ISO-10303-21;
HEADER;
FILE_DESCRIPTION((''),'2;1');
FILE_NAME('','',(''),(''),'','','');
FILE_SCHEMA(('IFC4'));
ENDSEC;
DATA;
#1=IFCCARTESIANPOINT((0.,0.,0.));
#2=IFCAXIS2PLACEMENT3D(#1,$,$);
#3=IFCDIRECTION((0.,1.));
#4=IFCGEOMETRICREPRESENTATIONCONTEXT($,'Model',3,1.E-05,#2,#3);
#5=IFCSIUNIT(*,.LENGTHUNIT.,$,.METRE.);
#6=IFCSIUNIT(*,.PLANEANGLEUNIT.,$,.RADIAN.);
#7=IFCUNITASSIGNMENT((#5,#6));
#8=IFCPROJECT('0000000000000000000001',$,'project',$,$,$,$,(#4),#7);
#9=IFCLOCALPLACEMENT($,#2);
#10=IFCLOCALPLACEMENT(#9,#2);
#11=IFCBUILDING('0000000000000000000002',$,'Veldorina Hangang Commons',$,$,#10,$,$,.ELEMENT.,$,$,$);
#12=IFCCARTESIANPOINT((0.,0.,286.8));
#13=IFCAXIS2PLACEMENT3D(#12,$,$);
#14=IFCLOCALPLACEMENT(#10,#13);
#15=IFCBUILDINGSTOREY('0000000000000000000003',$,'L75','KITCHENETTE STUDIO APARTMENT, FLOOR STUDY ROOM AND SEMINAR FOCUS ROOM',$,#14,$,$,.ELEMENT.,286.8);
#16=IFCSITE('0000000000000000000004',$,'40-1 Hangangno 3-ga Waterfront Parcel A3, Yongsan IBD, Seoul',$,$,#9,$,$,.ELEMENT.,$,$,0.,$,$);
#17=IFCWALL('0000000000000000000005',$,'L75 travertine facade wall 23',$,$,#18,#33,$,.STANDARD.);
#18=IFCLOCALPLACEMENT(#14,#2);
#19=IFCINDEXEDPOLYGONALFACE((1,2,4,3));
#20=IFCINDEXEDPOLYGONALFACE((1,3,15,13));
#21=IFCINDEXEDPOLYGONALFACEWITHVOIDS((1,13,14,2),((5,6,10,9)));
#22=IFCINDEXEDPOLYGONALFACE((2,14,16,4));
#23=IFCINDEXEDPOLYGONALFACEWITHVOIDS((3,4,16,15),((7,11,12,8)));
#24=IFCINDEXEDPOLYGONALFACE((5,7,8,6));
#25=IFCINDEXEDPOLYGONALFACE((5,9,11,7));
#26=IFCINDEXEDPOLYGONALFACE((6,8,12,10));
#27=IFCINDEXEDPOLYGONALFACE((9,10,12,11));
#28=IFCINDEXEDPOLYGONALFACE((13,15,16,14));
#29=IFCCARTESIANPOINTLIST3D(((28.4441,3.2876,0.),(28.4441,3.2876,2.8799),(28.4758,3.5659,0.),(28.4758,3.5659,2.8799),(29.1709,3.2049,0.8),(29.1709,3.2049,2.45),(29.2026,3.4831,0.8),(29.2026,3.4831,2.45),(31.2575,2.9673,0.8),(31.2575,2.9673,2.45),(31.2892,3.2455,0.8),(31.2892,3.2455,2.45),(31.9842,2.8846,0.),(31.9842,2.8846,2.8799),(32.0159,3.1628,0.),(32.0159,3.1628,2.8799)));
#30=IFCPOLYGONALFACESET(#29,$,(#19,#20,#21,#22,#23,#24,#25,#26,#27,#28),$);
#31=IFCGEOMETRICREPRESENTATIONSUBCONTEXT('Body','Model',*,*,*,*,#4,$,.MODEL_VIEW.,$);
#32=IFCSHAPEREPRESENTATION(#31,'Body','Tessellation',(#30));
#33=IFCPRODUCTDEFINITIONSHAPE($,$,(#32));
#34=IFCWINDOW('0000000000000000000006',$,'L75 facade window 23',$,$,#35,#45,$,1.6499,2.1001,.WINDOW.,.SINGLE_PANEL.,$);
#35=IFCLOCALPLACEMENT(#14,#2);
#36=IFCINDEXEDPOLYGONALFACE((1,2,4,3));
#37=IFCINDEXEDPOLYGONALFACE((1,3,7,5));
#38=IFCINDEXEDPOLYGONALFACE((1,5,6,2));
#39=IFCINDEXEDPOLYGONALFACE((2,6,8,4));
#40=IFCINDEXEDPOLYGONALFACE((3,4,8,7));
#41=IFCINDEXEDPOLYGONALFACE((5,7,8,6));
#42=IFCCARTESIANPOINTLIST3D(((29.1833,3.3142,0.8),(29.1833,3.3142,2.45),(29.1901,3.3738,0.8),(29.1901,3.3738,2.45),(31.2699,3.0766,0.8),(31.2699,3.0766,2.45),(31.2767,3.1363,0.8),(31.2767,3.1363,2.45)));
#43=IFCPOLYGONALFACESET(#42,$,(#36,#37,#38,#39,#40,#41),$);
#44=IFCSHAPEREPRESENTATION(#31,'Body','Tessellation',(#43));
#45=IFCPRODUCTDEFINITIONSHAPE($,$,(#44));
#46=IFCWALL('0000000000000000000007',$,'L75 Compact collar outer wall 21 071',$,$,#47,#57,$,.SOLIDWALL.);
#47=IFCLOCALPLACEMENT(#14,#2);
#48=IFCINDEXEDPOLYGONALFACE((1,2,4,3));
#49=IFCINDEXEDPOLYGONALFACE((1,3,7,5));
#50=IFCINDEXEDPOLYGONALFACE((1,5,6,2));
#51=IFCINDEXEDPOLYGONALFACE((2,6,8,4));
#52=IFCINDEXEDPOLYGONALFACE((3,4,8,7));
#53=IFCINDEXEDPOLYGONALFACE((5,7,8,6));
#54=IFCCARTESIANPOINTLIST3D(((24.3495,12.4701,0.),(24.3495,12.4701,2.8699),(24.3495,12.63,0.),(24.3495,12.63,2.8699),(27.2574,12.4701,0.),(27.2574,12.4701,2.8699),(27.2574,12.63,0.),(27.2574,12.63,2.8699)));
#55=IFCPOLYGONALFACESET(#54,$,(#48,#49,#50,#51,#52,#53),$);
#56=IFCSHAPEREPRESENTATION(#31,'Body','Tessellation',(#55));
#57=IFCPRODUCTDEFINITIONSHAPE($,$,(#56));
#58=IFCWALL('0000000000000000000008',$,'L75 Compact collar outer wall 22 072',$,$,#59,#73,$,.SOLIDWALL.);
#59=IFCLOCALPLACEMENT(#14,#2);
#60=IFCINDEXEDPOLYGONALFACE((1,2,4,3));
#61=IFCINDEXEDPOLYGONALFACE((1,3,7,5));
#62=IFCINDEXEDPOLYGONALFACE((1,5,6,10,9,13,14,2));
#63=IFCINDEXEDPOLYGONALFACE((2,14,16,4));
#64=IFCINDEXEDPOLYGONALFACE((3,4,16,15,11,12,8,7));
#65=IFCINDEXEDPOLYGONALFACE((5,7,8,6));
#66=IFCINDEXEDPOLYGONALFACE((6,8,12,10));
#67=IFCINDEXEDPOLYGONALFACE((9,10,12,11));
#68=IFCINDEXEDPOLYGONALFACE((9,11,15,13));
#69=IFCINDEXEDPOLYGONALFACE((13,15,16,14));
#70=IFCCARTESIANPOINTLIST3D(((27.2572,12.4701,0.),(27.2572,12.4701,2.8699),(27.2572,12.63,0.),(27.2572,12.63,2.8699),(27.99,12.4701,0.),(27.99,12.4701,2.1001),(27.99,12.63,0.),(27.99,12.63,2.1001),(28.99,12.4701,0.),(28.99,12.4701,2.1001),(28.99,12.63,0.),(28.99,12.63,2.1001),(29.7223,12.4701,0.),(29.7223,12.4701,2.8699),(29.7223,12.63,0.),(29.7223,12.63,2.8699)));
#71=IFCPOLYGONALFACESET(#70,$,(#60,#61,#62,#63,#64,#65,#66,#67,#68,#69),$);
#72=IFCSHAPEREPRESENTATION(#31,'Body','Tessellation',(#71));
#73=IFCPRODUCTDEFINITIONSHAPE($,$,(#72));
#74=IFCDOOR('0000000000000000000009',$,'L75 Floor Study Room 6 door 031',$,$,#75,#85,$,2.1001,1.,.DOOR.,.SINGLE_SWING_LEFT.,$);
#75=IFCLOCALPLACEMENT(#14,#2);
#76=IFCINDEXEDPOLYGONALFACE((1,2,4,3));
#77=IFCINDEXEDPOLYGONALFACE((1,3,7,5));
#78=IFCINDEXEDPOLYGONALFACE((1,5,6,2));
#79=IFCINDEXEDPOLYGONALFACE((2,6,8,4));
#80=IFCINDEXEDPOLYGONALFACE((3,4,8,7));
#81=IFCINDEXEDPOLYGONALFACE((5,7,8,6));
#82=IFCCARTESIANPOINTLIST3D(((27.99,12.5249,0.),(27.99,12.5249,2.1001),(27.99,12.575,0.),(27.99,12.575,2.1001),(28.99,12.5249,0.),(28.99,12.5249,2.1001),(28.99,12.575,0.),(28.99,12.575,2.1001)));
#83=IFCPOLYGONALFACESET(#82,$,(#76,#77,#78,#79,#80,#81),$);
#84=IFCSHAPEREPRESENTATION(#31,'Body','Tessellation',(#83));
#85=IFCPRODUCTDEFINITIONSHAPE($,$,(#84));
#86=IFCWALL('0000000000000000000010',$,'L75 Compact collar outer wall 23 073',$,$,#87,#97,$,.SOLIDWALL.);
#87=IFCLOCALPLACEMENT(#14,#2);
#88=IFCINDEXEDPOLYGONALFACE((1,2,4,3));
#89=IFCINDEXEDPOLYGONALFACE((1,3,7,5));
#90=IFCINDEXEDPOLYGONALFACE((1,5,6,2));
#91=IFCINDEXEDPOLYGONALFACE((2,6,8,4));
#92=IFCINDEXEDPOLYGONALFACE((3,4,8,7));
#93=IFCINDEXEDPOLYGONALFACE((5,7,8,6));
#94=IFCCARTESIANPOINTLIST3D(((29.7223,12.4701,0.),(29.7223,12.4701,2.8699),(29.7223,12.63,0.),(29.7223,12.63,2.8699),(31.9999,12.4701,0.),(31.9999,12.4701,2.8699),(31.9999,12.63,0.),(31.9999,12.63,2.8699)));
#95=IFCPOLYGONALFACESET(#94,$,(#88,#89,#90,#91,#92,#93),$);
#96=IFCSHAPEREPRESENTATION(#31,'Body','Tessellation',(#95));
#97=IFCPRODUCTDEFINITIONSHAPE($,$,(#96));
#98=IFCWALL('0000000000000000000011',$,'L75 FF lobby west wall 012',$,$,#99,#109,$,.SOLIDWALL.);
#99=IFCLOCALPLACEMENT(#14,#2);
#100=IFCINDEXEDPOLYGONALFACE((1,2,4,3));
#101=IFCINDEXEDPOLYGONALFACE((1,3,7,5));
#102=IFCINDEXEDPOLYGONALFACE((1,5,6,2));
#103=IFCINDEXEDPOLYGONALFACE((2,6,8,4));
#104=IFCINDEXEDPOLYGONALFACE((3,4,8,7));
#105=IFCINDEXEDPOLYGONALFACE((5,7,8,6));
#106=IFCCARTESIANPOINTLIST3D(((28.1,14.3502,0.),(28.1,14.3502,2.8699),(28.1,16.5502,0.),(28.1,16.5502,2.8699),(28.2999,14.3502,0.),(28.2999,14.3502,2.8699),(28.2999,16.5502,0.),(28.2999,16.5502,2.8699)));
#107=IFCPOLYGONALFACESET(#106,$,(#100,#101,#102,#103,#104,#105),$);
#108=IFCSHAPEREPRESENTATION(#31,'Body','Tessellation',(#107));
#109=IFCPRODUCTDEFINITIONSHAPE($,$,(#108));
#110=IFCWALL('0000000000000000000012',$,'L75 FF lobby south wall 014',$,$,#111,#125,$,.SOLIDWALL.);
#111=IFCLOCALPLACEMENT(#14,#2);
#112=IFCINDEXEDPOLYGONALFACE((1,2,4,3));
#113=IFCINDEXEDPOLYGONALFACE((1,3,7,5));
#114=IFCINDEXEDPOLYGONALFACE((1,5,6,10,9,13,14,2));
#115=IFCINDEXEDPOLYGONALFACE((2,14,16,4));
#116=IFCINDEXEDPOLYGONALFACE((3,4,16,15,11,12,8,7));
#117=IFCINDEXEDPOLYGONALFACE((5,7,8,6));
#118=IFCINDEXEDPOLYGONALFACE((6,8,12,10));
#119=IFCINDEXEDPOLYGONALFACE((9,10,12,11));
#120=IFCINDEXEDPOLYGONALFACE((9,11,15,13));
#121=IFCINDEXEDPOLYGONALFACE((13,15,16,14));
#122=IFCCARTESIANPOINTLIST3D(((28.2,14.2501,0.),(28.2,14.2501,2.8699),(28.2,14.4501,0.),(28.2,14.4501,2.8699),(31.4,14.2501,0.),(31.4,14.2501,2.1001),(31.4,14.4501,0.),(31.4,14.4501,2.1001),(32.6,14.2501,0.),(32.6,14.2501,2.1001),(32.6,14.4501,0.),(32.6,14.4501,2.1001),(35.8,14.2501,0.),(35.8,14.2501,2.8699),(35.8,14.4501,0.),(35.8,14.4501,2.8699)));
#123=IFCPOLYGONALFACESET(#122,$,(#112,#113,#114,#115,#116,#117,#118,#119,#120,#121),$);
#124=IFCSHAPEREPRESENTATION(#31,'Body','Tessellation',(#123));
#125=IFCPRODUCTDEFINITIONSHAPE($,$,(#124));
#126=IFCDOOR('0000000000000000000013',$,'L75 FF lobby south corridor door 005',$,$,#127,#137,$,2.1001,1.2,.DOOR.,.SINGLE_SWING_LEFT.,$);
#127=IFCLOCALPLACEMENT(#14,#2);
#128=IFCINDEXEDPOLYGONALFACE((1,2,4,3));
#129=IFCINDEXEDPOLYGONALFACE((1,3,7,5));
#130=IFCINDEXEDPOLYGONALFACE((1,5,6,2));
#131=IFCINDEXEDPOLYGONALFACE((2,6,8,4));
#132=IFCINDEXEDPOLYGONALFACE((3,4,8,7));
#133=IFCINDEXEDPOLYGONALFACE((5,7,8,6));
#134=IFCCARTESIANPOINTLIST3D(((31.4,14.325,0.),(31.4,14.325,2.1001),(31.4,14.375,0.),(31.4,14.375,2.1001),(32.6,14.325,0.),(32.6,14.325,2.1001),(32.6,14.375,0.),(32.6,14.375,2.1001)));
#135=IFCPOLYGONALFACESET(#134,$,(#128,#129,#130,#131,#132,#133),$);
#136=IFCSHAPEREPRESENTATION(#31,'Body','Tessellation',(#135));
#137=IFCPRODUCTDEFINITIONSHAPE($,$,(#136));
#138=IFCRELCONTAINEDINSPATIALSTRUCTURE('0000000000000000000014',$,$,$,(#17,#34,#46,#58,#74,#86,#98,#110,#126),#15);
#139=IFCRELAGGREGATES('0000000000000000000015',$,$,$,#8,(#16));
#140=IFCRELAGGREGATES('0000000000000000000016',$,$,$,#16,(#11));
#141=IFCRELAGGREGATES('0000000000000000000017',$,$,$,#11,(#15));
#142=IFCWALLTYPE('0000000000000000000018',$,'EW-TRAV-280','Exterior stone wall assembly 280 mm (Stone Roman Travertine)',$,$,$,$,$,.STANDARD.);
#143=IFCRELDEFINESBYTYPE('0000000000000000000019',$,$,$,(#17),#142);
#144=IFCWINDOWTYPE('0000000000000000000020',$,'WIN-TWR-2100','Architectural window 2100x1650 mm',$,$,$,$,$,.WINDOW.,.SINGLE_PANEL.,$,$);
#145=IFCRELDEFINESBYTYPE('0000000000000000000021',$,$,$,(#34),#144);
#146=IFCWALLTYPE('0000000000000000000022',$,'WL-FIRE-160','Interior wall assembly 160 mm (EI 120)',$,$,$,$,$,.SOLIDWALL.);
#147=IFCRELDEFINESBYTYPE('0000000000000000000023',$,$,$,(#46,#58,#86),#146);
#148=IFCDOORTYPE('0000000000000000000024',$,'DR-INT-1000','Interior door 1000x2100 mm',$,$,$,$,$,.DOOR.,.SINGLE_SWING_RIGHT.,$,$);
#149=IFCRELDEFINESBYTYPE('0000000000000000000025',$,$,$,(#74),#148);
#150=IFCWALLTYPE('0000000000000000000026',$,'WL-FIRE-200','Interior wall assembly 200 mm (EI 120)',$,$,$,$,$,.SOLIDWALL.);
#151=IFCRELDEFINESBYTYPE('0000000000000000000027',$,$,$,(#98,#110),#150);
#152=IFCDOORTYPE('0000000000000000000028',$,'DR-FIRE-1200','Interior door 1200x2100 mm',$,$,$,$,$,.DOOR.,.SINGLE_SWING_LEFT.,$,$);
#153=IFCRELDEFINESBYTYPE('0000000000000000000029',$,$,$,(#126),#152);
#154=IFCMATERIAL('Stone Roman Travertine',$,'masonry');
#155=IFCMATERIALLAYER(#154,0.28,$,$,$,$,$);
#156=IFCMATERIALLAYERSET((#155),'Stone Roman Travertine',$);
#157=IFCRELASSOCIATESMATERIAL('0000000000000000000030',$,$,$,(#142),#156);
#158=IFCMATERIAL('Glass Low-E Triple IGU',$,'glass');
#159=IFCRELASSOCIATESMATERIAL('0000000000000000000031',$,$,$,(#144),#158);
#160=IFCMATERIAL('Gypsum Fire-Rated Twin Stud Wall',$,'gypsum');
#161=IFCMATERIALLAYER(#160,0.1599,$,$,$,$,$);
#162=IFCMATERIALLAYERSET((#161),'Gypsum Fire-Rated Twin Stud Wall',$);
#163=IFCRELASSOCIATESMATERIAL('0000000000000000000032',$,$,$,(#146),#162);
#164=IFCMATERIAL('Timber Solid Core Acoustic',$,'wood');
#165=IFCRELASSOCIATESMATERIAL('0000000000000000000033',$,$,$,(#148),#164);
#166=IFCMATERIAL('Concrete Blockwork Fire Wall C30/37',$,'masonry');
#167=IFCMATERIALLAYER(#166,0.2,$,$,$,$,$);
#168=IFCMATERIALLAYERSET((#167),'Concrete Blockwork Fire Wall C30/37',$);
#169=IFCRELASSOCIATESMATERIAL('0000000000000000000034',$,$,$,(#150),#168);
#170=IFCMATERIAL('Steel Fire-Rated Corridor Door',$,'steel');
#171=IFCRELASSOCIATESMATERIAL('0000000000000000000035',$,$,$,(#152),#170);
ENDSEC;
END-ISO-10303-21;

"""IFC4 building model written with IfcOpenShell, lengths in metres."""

from ifc_helpers import new_model, si_unit, direction, frame, frame_2d, origin, place, context, subcontext, project, spatial, rectangle, extrude, material, layer, layer_set, type_object, element, fill, save


model = new_model("IFC4")

# Units and contexts
model_context = context("Model", 3, precision=1e-05, world=origin(), true_north=direction((0.0, 1.0)))
body_context = subcontext(model_context, "Body", "Model", "MODEL_VIEW")
ifc_project = project(units=[si_unit("LENGTHUNIT", "METRE"), si_unit("PLANEANGLEUNIT", "RADIAN")], contexts=[model_context])

# Site, building, storey
site_placement = place(None, origin())
site = spatial("IfcSite", under=ifc_project, at=site_placement, Name="40-1 Hangangno 3-ga Waterfront Parcel A3, Yongsan IBD, Seoul", CompositionType="ELEMENT", RefElevation=0.0)
building_placement = place(site_placement, origin())
building = spatial("IfcBuilding", under=site, at=building_placement, Name="Veldorina Hangang Commons", CompositionType="ELEMENT")
storey_placement = place(building_placement, frame((0.0, 0.0, 286.8)))
storey = spatial("IfcBuildingStorey", under=building, at=storey_placement, Name="L75", Description="KITCHENETTE STUDIO APARTMENT, FLOOR STUDY ROOM AND SEMINAR FOCUS ROOM", CompositionType="ELEMENT", Elevation=286.8)

# Shared definitions
ifc_material_1 = material(Name="Stone Roman Travertine", Category="masonry")
ifc_layer_1 = layer(ifc_material_1, 0.28)
ifc_layer_set_1 = layer_set([ifc_layer_1], Name="Stone Roman Travertine")
wall_type_1 = type_object("IfcWallType", Name="EW-TRAV-280", Description="Exterior stone wall assembly 280 mm (Stone Roman Travertine)", PredefinedType="STANDARD", material=ifc_layer_set_1)

# Wall, opening, window
wall_1_placement = place(storey_placement, frame((28.46, 3.4268, 0.0), z_axis=(0.0, 0.0, 1.0), x_axis=(0.99358, -0.113131, 0.0)))
wall_1 = element("IfcWall", 1, at=wall_1_placement, inside=storey, type_object=wall_type_1, Name="L75 travertine facade wall 23", PredefinedType="STANDARD", context=body_context, shape_type="SweptSolid", body=[
    extrude(rectangle(XDim=3.563, YDim=0.28, at=frame_2d((1.7815, 0.0))), origin(), (0.0, 0.0, 1.0), 2.8799),
])
opening_1_placement = place(wall_1_placement, frame((0.7314, 0.0, 0.8)))
opening_1 = element("IfcOpeningElement", 2, at=opening_1_placement, cuts=wall_1, PredefinedType="OPENING", context=body_context, shape_type="SweptSolid", body=[
    extrude(rectangle(XDim=2.1001, YDim=1.6499, at=frame_2d((1.05, 0.825))), frame((0.0, 0.1499, 0.0), z_axis=(0.0, -1.0, 0.0), x_axis=(1.0, 0.0, 0.0)), (0.0, 0.0, 1.0), 0.3),
])
ifc_material_2 = material(Name="Glass Low-E Triple IGU", Category="glass")
window_type = type_object("IfcWindowType", Name="WIN-TWR-2100", Description="Architectural window 2100x1650 mm", PartitioningType="SINGLE_PANEL", PredefinedType="WINDOW", material=ifc_material_2)
window_placement = place(opening_1_placement, origin())
window = element("IfcWindow", 3, at=window_placement, inside=storey, type_object=window_type, Name="L75 facade window 23", OverallHeight=1.6499, OverallWidth=2.1001, PartitioningType="SINGLE_PANEL", PredefinedType="WINDOW", context=body_context, shape_type="SweptSolid", body=[
    extrude(rectangle(XDim=2.1001, YDim=1.6499, at=frame_2d((1.05, 0.825))), frame((0.0, 0.03, 0.0), z_axis=(0.0, -1.0, 0.0), x_axis=(1.0, 0.0, 0.0)), (0.0, 0.0, 1.0), 0.0601),
])
fill(opening_1, window)

# Wall
ifc_material_3 = material(Name="Gypsum Fire-Rated Twin Stud Wall", Category="gypsum")
ifc_layer_2 = layer(ifc_material_3, 0.1599)
ifc_layer_set_2 = layer_set([ifc_layer_2], Name="Gypsum Fire-Rated Twin Stud Wall")
wall_type_2 = type_object("IfcWallType", Name="WL-FIRE-160", Description="Interior wall assembly 160 mm (EI 120)", PredefinedType="SOLIDWALL", material=ifc_layer_set_2)
wall_2_placement = place(storey_placement, frame((24.3494, 12.55, 0.0), z_axis=(0.0, 0.0, 1.0), x_axis=(1.0, 0.0, 0.0)))
element("IfcWall", 4, at=wall_2_placement, inside=storey, type_object=wall_type_2, Name="L75 Compact collar outer wall 21 071", PredefinedType="SOLIDWALL", context=body_context, shape_type="SweptSolid", body=[
    extrude(rectangle(XDim=2.908, YDim=0.1599, at=frame_2d((1.4541, 0.0))), origin(), (0.0, 0.0, 1.0), 2.8699),
])

# Wall, opening, door
wall_3_placement = place(storey_placement, frame((27.2573, 12.55, 0.0), z_axis=(0.0, 0.0, 1.0), x_axis=(1.0, 0.0, 0.0)))
wall_3 = element("IfcWall", 5, at=wall_3_placement, inside=storey, type_object=wall_type_2, Name="L75 Compact collar outer wall 22 072", PredefinedType="SOLIDWALL", context=body_context, shape_type="SweptSolid", body=[
    extrude(rectangle(XDim=2.4651, YDim=0.1599, at=frame_2d((1.2324, 0.0))), origin(), (0.0, 0.0, 1.0), 2.8699),
])
opening_2_placement = place(wall_3_placement, frame((0.7327, 0.0, 0.0)))
opening_2 = element("IfcOpeningElement", 6, at=opening_2_placement, cuts=wall_3, PredefinedType="OPENING", context=body_context, shape_type="SweptSolid", body=[
    extrude(rectangle(XDim=1.0, YDim=2.1001, at=frame_2d((0.5, 1.05))), frame((0.0, 0.0898, 0.0), z_axis=(0.0, -1.0, 0.0), x_axis=(1.0, 0.0, 0.0)), (0.0, 0.0, 1.0), 0.1799),
])
ifc_material_4 = material(Name="Timber Solid Core Acoustic", Category="wood")
door_type_1 = type_object("IfcDoorType", Name="DR-INT-1000", Description="Interior door 1000x2100 mm", OperationType="SINGLE_SWING_RIGHT", PredefinedType="DOOR", material=ifc_material_4)
door_1_placement = place(opening_2_placement, origin())
door_1 = element("IfcDoor", 7, at=door_1_placement, inside=storey, type_object=door_type_1, Name="L75 Floor Study Room 6 door 031", OperationType="SINGLE_SWING_LEFT", OverallHeight=2.1001, OverallWidth=1.0, PredefinedType="DOOR", context=body_context, shape_type="SweptSolid", body=[
    extrude(rectangle(XDim=1.0, YDim=2.1001, at=frame_2d((0.5, 1.05))), frame((0.0, 0.0249, 0.0), z_axis=(0.0, -1.0, 0.0), x_axis=(1.0, 0.0, 0.0)), (0.0, 0.0, 1.0), 0.05),
])
fill(opening_2, door_1)

# Walls
wall_4_placement = place(storey_placement, frame((29.7224, 12.55, 0.0), z_axis=(0.0, 0.0, 1.0), x_axis=(1.0, 0.0, 0.0)))
element("IfcWall", 8, at=wall_4_placement, inside=storey, type_object=wall_type_2, Name="L75 Compact collar outer wall 23 073", PredefinedType="SOLIDWALL", context=body_context, shape_type="SweptSolid", body=[
    extrude(rectangle(XDim=2.2776, YDim=0.1599, at=frame_2d((1.1387, 0.0))), origin(), (0.0, 0.0, 1.0), 2.8699),
])
ifc_material_5 = material(Name="Concrete Blockwork Fire Wall C30/37", Category="masonry")
ifc_layer_3 = layer(ifc_material_5, 0.2)
ifc_layer_set_3 = layer_set([ifc_layer_3], Name="Concrete Blockwork Fire Wall C30/37")
wall_type_3 = type_object("IfcWallType", Name="WL-FIRE-200", Description="Interior wall assembly 200 mm (EI 120)", PredefinedType="SOLIDWALL", material=ifc_layer_set_3)
wall_5_placement = place(storey_placement, frame((28.2, 14.3501, 0.0), z_axis=(0.0, 0.0, 1.0), x_axis=(0.0, 1.0, 0.0)))
element("IfcWall", 9, at=wall_5_placement, inside=storey, type_object=wall_type_3, Name="L75 FF lobby west wall 012", PredefinedType="SOLIDWALL", context=body_context, shape_type="SweptSolid", body=[
    extrude(rectangle(XDim=2.2, YDim=0.2, at=frame_2d((1.1001, 0.0))), origin(), (0.0, 0.0, 1.0), 2.8699),
])

# Wall, opening, door
wall_6_placement = place(storey_placement, frame((28.2, 14.3501, 0.0), z_axis=(0.0, 0.0, 1.0), x_axis=(1.0, 0.0, 0.0)))
wall_6 = element("IfcWall", 10, at=wall_6_placement, inside=storey, type_object=wall_type_3, Name="L75 FF lobby south wall 014", PredefinedType="SOLIDWALL", context=body_context, shape_type="SweptSolid", body=[
    extrude(rectangle(XDim=7.6001, YDim=0.2, at=frame_2d((3.8, 0.0))), origin(), (0.0, 0.0, 1.0), 2.8699),
])
opening_3_placement = place(wall_6_placement, frame((3.2, 0.0, 0.0)))
opening_3 = element("IfcOpeningElement", 11, at=opening_3_placement, cuts=wall_6, PredefinedType="OPENING", context=body_context, shape_type="SweptSolid", body=[
    extrude(rectangle(XDim=1.2, YDim=2.1001, at=frame_2d((0.6001, 1.05))), frame((0.0, 0.1099, 0.0), z_axis=(0.0, -1.0, 0.0), x_axis=(1.0, 0.0, 0.0)), (0.0, 0.0, 1.0), 0.22),
])
ifc_material_6 = material(Name="Steel Fire-Rated Corridor Door", Category="steel")
door_type_2 = type_object("IfcDoorType", Name="DR-FIRE-1200", Description="Interior door 1200x2100 mm", OperationType="SINGLE_SWING_LEFT", PredefinedType="DOOR", material=ifc_material_6)
door_2_placement = place(opening_3_placement, origin())
door_2 = element("IfcDoor", 12, at=door_2_placement, inside=storey, type_object=door_type_2, Name="L75 FF lobby south corridor door 005", OperationType="SINGLE_SWING_LEFT", OverallHeight=2.1001, OverallWidth=1.2, PredefinedType="DOOR", context=body_context, shape_type="SweptSolid", body=[
    extrude(rectangle(XDim=1.2, YDim=2.1001, at=frame_2d((0.6001, 1.05))), frame((0.0, 0.0249, 0.0), z_axis=(0.0, -1.0, 0.0), x_axis=(1.0, 0.0, 0.0)), (0.0, 0.0, 1.0), 0.05),
])
fill(opening_3, door_2)

save(model, "model.ifc")
